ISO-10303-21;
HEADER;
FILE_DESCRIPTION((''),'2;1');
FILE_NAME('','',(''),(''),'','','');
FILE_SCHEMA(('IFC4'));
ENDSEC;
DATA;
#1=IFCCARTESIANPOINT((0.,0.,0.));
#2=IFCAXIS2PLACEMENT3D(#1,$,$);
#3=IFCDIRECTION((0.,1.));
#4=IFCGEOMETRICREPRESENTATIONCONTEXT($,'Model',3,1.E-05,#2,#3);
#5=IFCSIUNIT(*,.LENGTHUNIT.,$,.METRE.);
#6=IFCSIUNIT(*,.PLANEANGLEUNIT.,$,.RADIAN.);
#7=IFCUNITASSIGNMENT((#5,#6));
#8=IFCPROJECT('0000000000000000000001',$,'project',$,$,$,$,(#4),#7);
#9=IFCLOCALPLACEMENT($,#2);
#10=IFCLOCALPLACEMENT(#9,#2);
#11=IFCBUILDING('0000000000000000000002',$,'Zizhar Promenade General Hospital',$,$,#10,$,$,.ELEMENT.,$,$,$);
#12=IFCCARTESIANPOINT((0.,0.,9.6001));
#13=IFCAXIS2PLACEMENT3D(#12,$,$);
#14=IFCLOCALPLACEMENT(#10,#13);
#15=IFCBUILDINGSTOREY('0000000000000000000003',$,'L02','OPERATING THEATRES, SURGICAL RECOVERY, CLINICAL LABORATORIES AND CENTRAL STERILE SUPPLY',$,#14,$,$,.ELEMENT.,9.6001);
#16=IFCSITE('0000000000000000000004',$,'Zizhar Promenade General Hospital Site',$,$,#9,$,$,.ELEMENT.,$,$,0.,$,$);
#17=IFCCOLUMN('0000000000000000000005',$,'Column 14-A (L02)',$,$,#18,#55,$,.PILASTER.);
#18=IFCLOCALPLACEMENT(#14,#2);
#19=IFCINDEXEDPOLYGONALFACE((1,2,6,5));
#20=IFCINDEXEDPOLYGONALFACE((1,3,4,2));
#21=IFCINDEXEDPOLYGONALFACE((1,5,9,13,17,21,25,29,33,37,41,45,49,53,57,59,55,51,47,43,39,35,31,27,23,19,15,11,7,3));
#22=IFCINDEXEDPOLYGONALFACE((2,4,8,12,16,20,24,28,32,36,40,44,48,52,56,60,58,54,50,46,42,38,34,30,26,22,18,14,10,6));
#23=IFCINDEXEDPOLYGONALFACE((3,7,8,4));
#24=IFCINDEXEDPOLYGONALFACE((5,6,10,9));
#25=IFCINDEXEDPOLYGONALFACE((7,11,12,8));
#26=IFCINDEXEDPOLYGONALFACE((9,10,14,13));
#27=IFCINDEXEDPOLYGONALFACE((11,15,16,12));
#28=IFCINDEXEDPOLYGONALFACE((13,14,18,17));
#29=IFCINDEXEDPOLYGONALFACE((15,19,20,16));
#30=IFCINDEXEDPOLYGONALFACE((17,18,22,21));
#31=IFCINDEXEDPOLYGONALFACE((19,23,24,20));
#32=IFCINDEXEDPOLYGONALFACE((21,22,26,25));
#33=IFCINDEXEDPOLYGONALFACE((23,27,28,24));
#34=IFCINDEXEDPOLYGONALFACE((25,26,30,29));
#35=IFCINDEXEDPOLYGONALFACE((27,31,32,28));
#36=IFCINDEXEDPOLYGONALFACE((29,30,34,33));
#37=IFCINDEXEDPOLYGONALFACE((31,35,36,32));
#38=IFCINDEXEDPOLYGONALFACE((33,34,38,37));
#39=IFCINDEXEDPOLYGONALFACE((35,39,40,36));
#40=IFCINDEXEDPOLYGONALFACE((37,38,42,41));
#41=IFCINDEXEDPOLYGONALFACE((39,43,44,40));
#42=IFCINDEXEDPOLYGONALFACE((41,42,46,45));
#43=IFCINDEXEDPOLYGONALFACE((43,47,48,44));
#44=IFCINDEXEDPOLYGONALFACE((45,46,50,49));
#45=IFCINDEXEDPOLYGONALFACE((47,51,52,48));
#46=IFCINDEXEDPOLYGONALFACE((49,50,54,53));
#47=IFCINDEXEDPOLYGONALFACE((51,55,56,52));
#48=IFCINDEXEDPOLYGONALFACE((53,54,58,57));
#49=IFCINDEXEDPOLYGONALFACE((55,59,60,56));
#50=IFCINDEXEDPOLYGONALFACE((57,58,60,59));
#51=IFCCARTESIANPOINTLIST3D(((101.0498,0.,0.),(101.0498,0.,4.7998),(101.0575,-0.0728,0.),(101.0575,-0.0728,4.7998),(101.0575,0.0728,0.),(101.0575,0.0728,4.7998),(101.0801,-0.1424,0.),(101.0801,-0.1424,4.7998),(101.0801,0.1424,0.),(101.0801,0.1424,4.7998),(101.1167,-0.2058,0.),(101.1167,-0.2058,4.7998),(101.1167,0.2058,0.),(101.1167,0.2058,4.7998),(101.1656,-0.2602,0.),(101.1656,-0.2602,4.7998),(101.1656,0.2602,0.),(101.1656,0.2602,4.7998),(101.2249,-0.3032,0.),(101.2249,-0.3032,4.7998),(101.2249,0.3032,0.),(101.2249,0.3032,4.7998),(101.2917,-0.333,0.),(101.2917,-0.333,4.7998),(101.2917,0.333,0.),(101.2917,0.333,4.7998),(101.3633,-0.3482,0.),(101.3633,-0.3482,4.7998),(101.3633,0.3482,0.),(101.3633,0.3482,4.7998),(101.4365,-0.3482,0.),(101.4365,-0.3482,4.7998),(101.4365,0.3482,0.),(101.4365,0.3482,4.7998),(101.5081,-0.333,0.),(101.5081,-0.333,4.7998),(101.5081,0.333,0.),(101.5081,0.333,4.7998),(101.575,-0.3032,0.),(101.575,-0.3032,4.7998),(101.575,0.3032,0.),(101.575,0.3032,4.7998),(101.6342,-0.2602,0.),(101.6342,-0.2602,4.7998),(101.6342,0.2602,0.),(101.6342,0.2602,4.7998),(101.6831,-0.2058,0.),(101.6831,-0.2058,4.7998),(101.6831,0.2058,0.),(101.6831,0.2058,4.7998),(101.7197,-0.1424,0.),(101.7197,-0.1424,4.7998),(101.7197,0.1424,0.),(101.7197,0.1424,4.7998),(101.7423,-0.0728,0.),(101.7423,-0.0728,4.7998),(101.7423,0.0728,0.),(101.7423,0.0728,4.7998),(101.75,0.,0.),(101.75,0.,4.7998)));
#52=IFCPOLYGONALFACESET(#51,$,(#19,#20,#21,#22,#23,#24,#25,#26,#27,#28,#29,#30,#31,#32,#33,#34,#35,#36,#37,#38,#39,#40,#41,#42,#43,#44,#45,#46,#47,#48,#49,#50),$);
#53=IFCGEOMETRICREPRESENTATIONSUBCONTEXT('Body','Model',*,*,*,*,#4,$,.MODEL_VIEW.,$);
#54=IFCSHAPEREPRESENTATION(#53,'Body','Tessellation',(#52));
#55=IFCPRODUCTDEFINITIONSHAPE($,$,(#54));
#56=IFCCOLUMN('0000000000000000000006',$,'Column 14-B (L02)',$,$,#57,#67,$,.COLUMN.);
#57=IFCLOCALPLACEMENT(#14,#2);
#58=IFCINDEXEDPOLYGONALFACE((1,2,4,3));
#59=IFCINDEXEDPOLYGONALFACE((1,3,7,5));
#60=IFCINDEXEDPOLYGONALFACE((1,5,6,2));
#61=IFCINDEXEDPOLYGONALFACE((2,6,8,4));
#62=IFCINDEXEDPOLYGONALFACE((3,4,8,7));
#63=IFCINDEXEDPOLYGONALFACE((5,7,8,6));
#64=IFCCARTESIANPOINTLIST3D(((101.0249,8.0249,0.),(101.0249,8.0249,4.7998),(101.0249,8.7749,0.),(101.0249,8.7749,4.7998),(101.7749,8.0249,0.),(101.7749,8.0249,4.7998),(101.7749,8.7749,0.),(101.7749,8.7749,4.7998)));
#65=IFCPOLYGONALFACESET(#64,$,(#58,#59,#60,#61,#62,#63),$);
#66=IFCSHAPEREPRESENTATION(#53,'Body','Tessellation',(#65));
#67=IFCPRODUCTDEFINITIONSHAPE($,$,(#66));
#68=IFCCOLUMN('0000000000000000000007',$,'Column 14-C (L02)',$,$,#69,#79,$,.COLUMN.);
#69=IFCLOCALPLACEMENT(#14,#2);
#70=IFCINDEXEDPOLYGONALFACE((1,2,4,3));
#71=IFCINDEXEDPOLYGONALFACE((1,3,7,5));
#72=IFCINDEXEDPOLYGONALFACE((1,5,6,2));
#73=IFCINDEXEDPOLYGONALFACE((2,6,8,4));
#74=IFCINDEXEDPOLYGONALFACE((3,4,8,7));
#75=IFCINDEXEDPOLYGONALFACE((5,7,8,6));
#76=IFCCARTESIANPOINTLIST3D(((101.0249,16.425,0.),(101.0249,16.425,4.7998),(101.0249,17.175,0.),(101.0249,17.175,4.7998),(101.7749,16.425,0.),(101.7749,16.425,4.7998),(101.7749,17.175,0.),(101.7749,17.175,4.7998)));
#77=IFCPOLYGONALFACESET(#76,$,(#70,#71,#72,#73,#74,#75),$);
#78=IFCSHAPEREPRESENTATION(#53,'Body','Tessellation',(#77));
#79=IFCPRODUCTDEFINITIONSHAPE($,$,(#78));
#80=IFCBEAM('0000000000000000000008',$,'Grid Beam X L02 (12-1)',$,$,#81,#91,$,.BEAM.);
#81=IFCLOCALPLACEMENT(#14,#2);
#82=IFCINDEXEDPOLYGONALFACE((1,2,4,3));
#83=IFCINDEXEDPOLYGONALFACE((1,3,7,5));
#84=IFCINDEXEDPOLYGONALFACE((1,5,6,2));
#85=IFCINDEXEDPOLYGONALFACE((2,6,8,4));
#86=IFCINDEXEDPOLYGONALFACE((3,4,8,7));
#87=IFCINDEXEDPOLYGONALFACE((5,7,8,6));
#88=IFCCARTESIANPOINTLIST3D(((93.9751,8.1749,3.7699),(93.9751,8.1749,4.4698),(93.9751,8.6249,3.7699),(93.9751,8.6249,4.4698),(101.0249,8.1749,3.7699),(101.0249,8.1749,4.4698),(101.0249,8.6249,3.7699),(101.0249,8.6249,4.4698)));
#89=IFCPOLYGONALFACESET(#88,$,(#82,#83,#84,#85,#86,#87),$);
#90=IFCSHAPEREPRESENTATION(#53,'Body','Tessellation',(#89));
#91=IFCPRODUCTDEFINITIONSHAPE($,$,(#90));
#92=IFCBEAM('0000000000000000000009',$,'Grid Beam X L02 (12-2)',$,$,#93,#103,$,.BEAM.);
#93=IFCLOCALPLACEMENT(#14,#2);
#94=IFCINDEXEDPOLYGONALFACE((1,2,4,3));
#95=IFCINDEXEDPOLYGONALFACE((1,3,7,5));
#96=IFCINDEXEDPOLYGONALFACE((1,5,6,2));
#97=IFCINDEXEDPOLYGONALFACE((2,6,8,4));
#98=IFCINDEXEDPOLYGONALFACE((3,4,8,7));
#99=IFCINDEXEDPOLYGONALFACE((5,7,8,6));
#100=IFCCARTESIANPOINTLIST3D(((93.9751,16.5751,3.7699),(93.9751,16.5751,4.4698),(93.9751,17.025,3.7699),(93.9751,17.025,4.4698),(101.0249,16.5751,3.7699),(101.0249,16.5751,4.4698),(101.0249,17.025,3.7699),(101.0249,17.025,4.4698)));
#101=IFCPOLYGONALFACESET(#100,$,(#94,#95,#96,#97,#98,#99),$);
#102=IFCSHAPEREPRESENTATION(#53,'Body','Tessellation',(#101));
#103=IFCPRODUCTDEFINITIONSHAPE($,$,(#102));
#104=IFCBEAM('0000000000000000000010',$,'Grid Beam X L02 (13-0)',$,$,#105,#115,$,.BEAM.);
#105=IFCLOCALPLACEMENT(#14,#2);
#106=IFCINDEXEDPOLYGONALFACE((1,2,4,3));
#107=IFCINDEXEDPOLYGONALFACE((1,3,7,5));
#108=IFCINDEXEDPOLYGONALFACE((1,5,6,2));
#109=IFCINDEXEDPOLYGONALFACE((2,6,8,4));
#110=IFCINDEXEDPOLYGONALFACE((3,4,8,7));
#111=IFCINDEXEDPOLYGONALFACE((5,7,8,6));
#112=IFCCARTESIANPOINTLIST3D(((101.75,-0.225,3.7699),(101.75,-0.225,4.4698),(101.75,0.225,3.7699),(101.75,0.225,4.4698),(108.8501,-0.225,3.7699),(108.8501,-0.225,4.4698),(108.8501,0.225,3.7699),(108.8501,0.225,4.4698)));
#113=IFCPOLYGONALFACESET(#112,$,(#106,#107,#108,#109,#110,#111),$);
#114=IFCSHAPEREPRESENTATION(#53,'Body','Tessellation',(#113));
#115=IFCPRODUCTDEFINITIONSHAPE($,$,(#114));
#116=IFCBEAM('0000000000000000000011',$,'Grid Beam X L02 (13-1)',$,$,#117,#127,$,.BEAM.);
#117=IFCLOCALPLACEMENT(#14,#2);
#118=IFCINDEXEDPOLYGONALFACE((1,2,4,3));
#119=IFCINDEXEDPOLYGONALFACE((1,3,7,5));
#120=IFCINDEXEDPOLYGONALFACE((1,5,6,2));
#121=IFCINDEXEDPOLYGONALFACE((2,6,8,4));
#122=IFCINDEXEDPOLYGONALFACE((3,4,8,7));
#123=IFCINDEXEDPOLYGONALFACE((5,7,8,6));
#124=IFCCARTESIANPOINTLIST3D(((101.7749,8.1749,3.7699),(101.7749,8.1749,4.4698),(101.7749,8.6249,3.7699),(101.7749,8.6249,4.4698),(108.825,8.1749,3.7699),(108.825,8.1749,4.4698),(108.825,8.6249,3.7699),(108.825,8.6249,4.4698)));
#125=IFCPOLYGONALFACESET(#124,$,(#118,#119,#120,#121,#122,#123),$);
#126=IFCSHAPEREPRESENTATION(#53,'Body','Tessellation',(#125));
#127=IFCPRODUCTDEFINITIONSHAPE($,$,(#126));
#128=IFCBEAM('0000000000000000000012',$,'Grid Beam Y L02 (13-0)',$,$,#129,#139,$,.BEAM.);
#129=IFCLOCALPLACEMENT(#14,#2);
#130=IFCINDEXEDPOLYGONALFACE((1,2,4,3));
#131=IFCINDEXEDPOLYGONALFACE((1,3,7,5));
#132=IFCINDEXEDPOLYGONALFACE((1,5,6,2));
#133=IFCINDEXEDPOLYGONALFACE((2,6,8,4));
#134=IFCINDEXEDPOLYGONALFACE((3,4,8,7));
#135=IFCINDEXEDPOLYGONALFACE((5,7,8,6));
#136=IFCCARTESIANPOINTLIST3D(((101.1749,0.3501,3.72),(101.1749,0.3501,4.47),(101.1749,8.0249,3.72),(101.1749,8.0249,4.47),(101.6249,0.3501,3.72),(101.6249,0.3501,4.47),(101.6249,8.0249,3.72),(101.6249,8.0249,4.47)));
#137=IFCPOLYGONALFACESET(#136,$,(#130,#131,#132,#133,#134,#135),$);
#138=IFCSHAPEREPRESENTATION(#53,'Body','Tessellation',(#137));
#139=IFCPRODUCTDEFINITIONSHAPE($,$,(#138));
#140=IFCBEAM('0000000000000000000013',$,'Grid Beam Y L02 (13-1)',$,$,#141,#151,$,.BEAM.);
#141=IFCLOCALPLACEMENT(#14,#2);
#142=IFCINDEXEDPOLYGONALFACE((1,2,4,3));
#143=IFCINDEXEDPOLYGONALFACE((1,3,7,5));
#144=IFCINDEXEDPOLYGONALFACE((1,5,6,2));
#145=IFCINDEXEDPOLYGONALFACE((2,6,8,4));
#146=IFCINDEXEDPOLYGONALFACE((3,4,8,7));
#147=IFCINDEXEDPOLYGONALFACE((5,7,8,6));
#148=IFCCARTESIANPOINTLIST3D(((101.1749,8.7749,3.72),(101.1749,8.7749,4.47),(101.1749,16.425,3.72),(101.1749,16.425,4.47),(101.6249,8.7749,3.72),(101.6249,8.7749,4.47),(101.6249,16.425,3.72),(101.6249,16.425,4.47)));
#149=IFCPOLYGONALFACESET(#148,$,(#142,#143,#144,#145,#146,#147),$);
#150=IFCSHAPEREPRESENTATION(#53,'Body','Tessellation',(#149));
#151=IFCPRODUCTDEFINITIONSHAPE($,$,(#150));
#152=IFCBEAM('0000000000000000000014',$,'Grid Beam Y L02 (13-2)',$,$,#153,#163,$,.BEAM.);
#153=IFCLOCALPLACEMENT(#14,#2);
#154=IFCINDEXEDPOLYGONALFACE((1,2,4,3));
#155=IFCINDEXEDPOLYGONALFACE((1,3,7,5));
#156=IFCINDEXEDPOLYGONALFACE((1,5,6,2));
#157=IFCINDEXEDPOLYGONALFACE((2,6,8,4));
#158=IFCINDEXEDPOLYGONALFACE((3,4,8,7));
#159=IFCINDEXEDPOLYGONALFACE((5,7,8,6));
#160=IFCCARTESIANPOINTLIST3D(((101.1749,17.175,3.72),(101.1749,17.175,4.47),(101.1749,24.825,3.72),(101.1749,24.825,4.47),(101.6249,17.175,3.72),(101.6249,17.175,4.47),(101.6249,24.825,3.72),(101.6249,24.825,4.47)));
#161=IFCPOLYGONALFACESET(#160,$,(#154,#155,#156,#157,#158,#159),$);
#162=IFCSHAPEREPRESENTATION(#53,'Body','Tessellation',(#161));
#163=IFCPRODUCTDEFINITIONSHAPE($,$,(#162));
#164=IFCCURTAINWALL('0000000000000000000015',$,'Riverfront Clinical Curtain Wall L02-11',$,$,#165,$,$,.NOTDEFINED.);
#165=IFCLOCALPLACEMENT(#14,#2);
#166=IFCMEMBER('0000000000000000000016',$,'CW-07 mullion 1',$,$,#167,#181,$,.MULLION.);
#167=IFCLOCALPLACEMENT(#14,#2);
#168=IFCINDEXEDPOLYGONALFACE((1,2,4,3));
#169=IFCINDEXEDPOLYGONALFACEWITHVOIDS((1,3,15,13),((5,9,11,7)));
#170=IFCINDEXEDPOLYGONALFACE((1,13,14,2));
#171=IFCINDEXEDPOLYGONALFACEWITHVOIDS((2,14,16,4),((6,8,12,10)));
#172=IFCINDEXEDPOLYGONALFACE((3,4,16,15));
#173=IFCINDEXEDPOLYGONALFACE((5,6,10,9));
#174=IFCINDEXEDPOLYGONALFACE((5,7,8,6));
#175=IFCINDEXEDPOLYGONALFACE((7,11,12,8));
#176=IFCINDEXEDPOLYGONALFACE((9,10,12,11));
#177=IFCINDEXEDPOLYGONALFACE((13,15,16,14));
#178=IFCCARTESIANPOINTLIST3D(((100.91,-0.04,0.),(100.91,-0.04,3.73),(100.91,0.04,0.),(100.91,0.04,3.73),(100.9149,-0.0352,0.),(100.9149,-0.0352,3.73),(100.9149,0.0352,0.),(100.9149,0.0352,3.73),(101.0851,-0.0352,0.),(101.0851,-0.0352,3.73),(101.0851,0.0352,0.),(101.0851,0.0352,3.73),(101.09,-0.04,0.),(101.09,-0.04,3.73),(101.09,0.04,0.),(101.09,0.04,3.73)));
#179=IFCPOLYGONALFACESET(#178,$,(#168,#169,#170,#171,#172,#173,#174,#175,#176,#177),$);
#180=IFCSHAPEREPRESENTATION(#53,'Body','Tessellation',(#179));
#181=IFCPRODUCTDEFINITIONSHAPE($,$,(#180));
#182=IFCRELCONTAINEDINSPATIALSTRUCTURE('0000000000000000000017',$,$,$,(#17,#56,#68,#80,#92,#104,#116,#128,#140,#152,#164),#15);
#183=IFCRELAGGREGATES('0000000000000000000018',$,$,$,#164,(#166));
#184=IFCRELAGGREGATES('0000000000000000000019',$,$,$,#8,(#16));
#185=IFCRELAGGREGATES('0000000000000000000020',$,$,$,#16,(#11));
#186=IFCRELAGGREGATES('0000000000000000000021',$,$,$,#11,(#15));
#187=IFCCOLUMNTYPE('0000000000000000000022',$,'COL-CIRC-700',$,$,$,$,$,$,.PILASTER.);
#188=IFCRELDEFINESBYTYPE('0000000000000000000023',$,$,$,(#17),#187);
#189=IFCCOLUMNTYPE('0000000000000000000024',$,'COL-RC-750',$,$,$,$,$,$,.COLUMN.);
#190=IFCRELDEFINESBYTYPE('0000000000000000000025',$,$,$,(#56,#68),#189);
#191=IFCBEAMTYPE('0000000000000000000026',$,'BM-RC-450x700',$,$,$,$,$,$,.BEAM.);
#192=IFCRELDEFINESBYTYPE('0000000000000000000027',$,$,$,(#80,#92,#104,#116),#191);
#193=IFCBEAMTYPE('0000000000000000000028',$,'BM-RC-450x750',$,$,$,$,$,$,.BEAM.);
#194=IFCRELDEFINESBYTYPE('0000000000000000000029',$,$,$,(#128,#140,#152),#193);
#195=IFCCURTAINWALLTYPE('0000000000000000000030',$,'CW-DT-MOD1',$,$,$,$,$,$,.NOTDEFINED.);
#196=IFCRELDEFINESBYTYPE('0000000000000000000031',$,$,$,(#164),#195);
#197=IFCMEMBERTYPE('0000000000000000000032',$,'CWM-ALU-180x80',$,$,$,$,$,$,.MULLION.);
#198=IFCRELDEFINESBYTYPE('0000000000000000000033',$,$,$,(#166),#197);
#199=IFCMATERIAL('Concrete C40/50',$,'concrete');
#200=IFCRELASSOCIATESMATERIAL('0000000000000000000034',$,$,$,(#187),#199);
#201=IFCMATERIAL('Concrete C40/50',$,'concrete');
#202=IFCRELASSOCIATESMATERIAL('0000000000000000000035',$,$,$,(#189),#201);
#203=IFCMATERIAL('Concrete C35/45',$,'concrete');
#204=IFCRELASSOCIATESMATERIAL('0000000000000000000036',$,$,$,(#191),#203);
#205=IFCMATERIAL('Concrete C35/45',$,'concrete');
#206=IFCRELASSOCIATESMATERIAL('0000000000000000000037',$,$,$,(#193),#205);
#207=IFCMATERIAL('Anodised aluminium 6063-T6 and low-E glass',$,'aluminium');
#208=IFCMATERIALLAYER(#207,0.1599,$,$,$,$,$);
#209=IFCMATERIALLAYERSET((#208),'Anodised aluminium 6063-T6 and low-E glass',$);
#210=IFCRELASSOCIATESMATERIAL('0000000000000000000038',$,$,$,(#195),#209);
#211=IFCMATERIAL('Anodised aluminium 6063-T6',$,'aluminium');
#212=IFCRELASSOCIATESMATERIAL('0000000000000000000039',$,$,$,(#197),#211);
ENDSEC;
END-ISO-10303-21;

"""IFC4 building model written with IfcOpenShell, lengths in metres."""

from ifc_helpers import new_model, si_unit, direction, frame, origin, origin_2d, place, context, subcontext, project, spatial, rectangle, hollow_rectangle, circle, extrude, material, layer, layer_set, material_profile, profile_set, type_object, element, aggregate, save


model = new_model("IFC4")

# Units and contexts
model_context = context("Model", 3, precision=1e-05, world=origin(), true_north=direction((0.0, 1.0)))
body_context = subcontext(model_context, "Body", "Model", "MODEL_VIEW")
ifc_project = project(units=[si_unit("LENGTHUNIT", "METRE"), si_unit("PLANEANGLEUNIT", "RADIAN")], contexts=[model_context])

# Site, building, storey
site_placement = place(None, origin())
site = spatial("IfcSite", under=ifc_project, at=site_placement, Name="Zizhar Promenade General Hospital Site", CompositionType="ELEMENT", RefElevation=0.0)
building_placement = place(site_placement, origin())
building = spatial("IfcBuilding", under=site, at=building_placement, Name="Zizhar Promenade General Hospital", CompositionType="ELEMENT")
storey_placement = place(building_placement, frame((0.0, 0.0, 9.6001)))
storey = spatial("IfcBuildingStorey", under=building, at=storey_placement, Name="L02", Description="OPERATING THEATRES, SURGICAL RECOVERY, CLINICAL LABORATORIES AND CENTRAL STERILE SUPPLY", CompositionType="ELEMENT", Elevation=9.6001)

# Columns
ifc_material_1 = material(Name="Concrete C40/50", Category="concrete")
ifc_material_profile_1 = material_profile(ifc_material_1, circle(Radius=0.3501, at=origin_2d()))
ifc_profile_set_1 = profile_set([ifc_material_profile_1], Name="Concrete C40/50")
column_type_1 = type_object("IfcColumnType", Name="COL-CIRC-700", PredefinedType="PILASTER", material=ifc_profile_set_1)
column_placement = place(storey_placement, frame((101.3999, 0.0, 0.0), z_axis=(0.0, 0.0, 1.0), x_axis=(1.0, 0.0, 0.0)))
element("IfcColumn", 1, at=column_placement, inside=storey, type_object=column_type_1, Name="Column 14-A (L02)", PredefinedType="PILASTER", context=body_context, shape_type="SweptSolid", body=[
    extrude(circle(Radius=0.3501, at=origin_2d()), origin(), (0.0, 0.0, 1.0), 4.7998),
])
ifc_material_2 = material(Name="Concrete C40/50", Category="concrete")
ifc_material_profile_2 = material_profile(ifc_material_2, rectangle(XDim=0.75, YDim=0.75, at=origin_2d()))
ifc_profile_set_2 = profile_set([ifc_material_profile_2], Name="Concrete C40/50")
column_type_2 = type_object("IfcColumnType", Name="COL-RC-750", PredefinedType="COLUMN", material=ifc_profile_set_2)
for number, where, z_axis, x_axis, name in (
    (2, (101.3999, 8.3999, 0.0), (0.0, 0.0, 1.0), (1.0, 0.0, 0.0), "Column 14-B (L02)"),
    (3, (101.3999, 16.8, 0.0), (0.0, 0.0, 1.0), (1.0, 0.0, 0.0), "Column 14-C (L02)"),
):
    element("IfcColumn", number, at=place(storey_placement, frame(where, z_axis=z_axis, x_axis=x_axis)), inside=storey, type_object=column_type_2, Name=name, PredefinedType="COLUMN", context=body_context, shape_type="SweptSolid", body=[
        extrude(rectangle(XDim=0.75, YDim=0.75, at=origin_2d()), origin(), (0.0, 0.0, 1.0), 4.7998),
    ])

# Beams
ifc_material_3 = material(Name="Concrete C35/45", Category="concrete")
ifc_material_profile_3 = material_profile(ifc_material_3, rectangle(XDim=0.45, YDim=0.7, at=origin_2d()))
ifc_profile_set_3 = profile_set([ifc_material_profile_3], Name="Concrete C35/45")
beam_type_1 = type_object("IfcBeamType", Name="BM-RC-450x700", PredefinedType="BEAM", material=ifc_profile_set_3)
for number, where, z_axis, x_axis, name in (
    (4, (93.9751, 8.3999, 4.1199), (1.0, 0.0, 0.0), (0.0, 1.0, 0.0), "Grid Beam X L02 (12-1)"),
    (5, (93.9751, 16.8, 4.1199), (1.0, 0.0, 0.0), (0.0, 1.0, 0.0), "Grid Beam X L02 (12-2)"),
):
    element("IfcBeam", number, at=place(storey_placement, frame(where, z_axis=z_axis, x_axis=x_axis)), inside=storey, type_object=beam_type_1, Name=name, PredefinedType="BEAM", context=body_context, shape_type="SweptSolid", body=[
        extrude(rectangle(XDim=0.45, YDim=0.7, at=origin_2d()), origin(), (0.0, 0.0, 1.0), 7.0498),
    ])
beam_1_placement = place(storey_placement, frame((101.75, 0.0, 4.1199), z_axis=(1.0, 0.0, 0.0), x_axis=(0.0, 1.0, 0.0)))
element("IfcBeam", 6, at=beam_1_placement, inside=storey, type_object=beam_type_1, Name="Grid Beam X L02 (13-0)", PredefinedType="BEAM", context=body_context, shape_type="SweptSolid", body=[
    extrude(rectangle(XDim=0.45, YDim=0.7, at=origin_2d()), origin(), (0.0, 0.0, 1.0), 7.1001),
])
beam_2_placement = place(storey_placement, frame((101.7749, 8.3999, 4.1199), z_axis=(1.0, 0.0, 0.0), x_axis=(0.0, 1.0, 0.0)))
element("IfcBeam", 7, at=beam_2_placement, inside=storey, type_object=beam_type_1, Name="Grid Beam X L02 (13-1)", PredefinedType="BEAM", context=body_context, shape_type="SweptSolid", body=[
    extrude(rectangle(XDim=0.45, YDim=0.7, at=origin_2d()), origin(), (0.0, 0.0, 1.0), 7.05),
])
ifc_material_4 = material(Name="Concrete C35/45", Category="concrete")
ifc_material_profile_4 = material_profile(ifc_material_4, rectangle(XDim=0.45, YDim=0.75, at=origin_2d()))
ifc_profile_set_4 = profile_set([ifc_material_profile_4], Name="Concrete C35/45")
beam_type_2 = type_object("IfcBeamType", Name="BM-RC-450x750", PredefinedType="BEAM", material=ifc_profile_set_4)
beam_3_placement = place(storey_placement, frame((101.3999, 0.3501, 4.095), z_axis=(0.0, 1.0, 0.0), x_axis=(-1.0, 0.0, 0.0)))
element("IfcBeam", 8, at=beam_3_placement, inside=storey, type_object=beam_type_2, Name="Grid Beam Y L02 (13-0)", PredefinedType="BEAM", context=body_context, shape_type="SweptSolid", body=[
    extrude(rectangle(XDim=0.45, YDim=0.75, at=origin_2d()), origin(), (0.0, 0.0, 1.0), 7.6748),
])
beam_4_placement = place(storey_placement, frame((101.3999, 8.7749, 4.095), z_axis=(0.0, 1.0, 0.0), x_axis=(-1.0, 0.0, 0.0)))
element("IfcBeam", 9, at=beam_4_placement, inside=storey, type_object=beam_type_2, Name="Grid Beam Y L02 (13-1)", PredefinedType="BEAM", context=body_context, shape_type="SweptSolid", body=[
    extrude(rectangle(XDim=0.45, YDim=0.75, at=origin_2d()), origin(), (0.0, 0.0, 1.0), 7.6501),
])
beam_5_placement = place(storey_placement, frame((101.3999, 17.175, 4.095), z_axis=(0.0, 1.0, 0.0), x_axis=(-1.0, 0.0, 0.0)))
element("IfcBeam", 10, at=beam_5_placement, inside=storey, type_object=beam_type_2, Name="Grid Beam Y L02 (13-2)", PredefinedType="BEAM", context=body_context, shape_type="SweptSolid", body=[
    extrude(rectangle(XDim=0.45, YDim=0.75, at=origin_2d()), origin(), (0.0, 0.0, 1.0), 7.6499),
])

# Curtain wall, member
ifc_material_5 = material(Name="Anodised aluminium 6063-T6 and low-E glass", Category="aluminium")
ifc_layer_1 = layer(ifc_material_5, 0.1599)
ifc_layer_set_1 = layer_set([ifc_layer_1], Name="Anodised aluminium 6063-T6 and low-E glass")
curtain_wall_type = type_object("IfcCurtainWallType", Name="CW-DT-MOD1", PredefinedType="NOTDEFINED", material=ifc_layer_set_1)
curtain_wall_placement = place(storey_placement, origin())
curtain_wall = element("IfcCurtainWall", 11, at=curtain_wall_placement, inside=storey, type_object=curtain_wall_type, Name="Riverfront Clinical Curtain Wall L02-11", PredefinedType="NOTDEFINED")
ifc_material_6 = material(Name="Anodised aluminium 6063-T6", Category="aluminium")
ifc_material_profile_5 = material_profile(ifc_material_6, hollow_rectangle(XDim=0.0801, YDim=0.1799, WallThickness=0.0049, at=origin_2d()))
ifc_profile_set_5 = profile_set([ifc_material_profile_5], Name="Anodised aluminium 6063-T6")
member_type_1 = type_object("IfcMemberType", Name="CWM-ALU-180x80", PredefinedType="MULLION", material=ifc_profile_set_5)
member_1_placement = place(storey_placement, frame((101.0, 0.0, 0.0), z_axis=(0.0, 0.0, 1.0), x_axis=(0.0, -1.0, 0.0)))
member_1 = element("IfcMember", 12, at=member_1_placement, type_object=member_type_1, Name="CW-07 mullion 1", PredefinedType="MULLION", context=body_context, shape_type="SweptSolid", body=[
    extrude(hollow_rectangle(XDim=0.0801, YDim=0.1799, WallThickness=0.0049, at=origin_2d()), origin(), (0.0, 0.0, 1.0), 3.73),
])
aggregate(curtain_wall, [member_1])

save(model, "model.ifc")
